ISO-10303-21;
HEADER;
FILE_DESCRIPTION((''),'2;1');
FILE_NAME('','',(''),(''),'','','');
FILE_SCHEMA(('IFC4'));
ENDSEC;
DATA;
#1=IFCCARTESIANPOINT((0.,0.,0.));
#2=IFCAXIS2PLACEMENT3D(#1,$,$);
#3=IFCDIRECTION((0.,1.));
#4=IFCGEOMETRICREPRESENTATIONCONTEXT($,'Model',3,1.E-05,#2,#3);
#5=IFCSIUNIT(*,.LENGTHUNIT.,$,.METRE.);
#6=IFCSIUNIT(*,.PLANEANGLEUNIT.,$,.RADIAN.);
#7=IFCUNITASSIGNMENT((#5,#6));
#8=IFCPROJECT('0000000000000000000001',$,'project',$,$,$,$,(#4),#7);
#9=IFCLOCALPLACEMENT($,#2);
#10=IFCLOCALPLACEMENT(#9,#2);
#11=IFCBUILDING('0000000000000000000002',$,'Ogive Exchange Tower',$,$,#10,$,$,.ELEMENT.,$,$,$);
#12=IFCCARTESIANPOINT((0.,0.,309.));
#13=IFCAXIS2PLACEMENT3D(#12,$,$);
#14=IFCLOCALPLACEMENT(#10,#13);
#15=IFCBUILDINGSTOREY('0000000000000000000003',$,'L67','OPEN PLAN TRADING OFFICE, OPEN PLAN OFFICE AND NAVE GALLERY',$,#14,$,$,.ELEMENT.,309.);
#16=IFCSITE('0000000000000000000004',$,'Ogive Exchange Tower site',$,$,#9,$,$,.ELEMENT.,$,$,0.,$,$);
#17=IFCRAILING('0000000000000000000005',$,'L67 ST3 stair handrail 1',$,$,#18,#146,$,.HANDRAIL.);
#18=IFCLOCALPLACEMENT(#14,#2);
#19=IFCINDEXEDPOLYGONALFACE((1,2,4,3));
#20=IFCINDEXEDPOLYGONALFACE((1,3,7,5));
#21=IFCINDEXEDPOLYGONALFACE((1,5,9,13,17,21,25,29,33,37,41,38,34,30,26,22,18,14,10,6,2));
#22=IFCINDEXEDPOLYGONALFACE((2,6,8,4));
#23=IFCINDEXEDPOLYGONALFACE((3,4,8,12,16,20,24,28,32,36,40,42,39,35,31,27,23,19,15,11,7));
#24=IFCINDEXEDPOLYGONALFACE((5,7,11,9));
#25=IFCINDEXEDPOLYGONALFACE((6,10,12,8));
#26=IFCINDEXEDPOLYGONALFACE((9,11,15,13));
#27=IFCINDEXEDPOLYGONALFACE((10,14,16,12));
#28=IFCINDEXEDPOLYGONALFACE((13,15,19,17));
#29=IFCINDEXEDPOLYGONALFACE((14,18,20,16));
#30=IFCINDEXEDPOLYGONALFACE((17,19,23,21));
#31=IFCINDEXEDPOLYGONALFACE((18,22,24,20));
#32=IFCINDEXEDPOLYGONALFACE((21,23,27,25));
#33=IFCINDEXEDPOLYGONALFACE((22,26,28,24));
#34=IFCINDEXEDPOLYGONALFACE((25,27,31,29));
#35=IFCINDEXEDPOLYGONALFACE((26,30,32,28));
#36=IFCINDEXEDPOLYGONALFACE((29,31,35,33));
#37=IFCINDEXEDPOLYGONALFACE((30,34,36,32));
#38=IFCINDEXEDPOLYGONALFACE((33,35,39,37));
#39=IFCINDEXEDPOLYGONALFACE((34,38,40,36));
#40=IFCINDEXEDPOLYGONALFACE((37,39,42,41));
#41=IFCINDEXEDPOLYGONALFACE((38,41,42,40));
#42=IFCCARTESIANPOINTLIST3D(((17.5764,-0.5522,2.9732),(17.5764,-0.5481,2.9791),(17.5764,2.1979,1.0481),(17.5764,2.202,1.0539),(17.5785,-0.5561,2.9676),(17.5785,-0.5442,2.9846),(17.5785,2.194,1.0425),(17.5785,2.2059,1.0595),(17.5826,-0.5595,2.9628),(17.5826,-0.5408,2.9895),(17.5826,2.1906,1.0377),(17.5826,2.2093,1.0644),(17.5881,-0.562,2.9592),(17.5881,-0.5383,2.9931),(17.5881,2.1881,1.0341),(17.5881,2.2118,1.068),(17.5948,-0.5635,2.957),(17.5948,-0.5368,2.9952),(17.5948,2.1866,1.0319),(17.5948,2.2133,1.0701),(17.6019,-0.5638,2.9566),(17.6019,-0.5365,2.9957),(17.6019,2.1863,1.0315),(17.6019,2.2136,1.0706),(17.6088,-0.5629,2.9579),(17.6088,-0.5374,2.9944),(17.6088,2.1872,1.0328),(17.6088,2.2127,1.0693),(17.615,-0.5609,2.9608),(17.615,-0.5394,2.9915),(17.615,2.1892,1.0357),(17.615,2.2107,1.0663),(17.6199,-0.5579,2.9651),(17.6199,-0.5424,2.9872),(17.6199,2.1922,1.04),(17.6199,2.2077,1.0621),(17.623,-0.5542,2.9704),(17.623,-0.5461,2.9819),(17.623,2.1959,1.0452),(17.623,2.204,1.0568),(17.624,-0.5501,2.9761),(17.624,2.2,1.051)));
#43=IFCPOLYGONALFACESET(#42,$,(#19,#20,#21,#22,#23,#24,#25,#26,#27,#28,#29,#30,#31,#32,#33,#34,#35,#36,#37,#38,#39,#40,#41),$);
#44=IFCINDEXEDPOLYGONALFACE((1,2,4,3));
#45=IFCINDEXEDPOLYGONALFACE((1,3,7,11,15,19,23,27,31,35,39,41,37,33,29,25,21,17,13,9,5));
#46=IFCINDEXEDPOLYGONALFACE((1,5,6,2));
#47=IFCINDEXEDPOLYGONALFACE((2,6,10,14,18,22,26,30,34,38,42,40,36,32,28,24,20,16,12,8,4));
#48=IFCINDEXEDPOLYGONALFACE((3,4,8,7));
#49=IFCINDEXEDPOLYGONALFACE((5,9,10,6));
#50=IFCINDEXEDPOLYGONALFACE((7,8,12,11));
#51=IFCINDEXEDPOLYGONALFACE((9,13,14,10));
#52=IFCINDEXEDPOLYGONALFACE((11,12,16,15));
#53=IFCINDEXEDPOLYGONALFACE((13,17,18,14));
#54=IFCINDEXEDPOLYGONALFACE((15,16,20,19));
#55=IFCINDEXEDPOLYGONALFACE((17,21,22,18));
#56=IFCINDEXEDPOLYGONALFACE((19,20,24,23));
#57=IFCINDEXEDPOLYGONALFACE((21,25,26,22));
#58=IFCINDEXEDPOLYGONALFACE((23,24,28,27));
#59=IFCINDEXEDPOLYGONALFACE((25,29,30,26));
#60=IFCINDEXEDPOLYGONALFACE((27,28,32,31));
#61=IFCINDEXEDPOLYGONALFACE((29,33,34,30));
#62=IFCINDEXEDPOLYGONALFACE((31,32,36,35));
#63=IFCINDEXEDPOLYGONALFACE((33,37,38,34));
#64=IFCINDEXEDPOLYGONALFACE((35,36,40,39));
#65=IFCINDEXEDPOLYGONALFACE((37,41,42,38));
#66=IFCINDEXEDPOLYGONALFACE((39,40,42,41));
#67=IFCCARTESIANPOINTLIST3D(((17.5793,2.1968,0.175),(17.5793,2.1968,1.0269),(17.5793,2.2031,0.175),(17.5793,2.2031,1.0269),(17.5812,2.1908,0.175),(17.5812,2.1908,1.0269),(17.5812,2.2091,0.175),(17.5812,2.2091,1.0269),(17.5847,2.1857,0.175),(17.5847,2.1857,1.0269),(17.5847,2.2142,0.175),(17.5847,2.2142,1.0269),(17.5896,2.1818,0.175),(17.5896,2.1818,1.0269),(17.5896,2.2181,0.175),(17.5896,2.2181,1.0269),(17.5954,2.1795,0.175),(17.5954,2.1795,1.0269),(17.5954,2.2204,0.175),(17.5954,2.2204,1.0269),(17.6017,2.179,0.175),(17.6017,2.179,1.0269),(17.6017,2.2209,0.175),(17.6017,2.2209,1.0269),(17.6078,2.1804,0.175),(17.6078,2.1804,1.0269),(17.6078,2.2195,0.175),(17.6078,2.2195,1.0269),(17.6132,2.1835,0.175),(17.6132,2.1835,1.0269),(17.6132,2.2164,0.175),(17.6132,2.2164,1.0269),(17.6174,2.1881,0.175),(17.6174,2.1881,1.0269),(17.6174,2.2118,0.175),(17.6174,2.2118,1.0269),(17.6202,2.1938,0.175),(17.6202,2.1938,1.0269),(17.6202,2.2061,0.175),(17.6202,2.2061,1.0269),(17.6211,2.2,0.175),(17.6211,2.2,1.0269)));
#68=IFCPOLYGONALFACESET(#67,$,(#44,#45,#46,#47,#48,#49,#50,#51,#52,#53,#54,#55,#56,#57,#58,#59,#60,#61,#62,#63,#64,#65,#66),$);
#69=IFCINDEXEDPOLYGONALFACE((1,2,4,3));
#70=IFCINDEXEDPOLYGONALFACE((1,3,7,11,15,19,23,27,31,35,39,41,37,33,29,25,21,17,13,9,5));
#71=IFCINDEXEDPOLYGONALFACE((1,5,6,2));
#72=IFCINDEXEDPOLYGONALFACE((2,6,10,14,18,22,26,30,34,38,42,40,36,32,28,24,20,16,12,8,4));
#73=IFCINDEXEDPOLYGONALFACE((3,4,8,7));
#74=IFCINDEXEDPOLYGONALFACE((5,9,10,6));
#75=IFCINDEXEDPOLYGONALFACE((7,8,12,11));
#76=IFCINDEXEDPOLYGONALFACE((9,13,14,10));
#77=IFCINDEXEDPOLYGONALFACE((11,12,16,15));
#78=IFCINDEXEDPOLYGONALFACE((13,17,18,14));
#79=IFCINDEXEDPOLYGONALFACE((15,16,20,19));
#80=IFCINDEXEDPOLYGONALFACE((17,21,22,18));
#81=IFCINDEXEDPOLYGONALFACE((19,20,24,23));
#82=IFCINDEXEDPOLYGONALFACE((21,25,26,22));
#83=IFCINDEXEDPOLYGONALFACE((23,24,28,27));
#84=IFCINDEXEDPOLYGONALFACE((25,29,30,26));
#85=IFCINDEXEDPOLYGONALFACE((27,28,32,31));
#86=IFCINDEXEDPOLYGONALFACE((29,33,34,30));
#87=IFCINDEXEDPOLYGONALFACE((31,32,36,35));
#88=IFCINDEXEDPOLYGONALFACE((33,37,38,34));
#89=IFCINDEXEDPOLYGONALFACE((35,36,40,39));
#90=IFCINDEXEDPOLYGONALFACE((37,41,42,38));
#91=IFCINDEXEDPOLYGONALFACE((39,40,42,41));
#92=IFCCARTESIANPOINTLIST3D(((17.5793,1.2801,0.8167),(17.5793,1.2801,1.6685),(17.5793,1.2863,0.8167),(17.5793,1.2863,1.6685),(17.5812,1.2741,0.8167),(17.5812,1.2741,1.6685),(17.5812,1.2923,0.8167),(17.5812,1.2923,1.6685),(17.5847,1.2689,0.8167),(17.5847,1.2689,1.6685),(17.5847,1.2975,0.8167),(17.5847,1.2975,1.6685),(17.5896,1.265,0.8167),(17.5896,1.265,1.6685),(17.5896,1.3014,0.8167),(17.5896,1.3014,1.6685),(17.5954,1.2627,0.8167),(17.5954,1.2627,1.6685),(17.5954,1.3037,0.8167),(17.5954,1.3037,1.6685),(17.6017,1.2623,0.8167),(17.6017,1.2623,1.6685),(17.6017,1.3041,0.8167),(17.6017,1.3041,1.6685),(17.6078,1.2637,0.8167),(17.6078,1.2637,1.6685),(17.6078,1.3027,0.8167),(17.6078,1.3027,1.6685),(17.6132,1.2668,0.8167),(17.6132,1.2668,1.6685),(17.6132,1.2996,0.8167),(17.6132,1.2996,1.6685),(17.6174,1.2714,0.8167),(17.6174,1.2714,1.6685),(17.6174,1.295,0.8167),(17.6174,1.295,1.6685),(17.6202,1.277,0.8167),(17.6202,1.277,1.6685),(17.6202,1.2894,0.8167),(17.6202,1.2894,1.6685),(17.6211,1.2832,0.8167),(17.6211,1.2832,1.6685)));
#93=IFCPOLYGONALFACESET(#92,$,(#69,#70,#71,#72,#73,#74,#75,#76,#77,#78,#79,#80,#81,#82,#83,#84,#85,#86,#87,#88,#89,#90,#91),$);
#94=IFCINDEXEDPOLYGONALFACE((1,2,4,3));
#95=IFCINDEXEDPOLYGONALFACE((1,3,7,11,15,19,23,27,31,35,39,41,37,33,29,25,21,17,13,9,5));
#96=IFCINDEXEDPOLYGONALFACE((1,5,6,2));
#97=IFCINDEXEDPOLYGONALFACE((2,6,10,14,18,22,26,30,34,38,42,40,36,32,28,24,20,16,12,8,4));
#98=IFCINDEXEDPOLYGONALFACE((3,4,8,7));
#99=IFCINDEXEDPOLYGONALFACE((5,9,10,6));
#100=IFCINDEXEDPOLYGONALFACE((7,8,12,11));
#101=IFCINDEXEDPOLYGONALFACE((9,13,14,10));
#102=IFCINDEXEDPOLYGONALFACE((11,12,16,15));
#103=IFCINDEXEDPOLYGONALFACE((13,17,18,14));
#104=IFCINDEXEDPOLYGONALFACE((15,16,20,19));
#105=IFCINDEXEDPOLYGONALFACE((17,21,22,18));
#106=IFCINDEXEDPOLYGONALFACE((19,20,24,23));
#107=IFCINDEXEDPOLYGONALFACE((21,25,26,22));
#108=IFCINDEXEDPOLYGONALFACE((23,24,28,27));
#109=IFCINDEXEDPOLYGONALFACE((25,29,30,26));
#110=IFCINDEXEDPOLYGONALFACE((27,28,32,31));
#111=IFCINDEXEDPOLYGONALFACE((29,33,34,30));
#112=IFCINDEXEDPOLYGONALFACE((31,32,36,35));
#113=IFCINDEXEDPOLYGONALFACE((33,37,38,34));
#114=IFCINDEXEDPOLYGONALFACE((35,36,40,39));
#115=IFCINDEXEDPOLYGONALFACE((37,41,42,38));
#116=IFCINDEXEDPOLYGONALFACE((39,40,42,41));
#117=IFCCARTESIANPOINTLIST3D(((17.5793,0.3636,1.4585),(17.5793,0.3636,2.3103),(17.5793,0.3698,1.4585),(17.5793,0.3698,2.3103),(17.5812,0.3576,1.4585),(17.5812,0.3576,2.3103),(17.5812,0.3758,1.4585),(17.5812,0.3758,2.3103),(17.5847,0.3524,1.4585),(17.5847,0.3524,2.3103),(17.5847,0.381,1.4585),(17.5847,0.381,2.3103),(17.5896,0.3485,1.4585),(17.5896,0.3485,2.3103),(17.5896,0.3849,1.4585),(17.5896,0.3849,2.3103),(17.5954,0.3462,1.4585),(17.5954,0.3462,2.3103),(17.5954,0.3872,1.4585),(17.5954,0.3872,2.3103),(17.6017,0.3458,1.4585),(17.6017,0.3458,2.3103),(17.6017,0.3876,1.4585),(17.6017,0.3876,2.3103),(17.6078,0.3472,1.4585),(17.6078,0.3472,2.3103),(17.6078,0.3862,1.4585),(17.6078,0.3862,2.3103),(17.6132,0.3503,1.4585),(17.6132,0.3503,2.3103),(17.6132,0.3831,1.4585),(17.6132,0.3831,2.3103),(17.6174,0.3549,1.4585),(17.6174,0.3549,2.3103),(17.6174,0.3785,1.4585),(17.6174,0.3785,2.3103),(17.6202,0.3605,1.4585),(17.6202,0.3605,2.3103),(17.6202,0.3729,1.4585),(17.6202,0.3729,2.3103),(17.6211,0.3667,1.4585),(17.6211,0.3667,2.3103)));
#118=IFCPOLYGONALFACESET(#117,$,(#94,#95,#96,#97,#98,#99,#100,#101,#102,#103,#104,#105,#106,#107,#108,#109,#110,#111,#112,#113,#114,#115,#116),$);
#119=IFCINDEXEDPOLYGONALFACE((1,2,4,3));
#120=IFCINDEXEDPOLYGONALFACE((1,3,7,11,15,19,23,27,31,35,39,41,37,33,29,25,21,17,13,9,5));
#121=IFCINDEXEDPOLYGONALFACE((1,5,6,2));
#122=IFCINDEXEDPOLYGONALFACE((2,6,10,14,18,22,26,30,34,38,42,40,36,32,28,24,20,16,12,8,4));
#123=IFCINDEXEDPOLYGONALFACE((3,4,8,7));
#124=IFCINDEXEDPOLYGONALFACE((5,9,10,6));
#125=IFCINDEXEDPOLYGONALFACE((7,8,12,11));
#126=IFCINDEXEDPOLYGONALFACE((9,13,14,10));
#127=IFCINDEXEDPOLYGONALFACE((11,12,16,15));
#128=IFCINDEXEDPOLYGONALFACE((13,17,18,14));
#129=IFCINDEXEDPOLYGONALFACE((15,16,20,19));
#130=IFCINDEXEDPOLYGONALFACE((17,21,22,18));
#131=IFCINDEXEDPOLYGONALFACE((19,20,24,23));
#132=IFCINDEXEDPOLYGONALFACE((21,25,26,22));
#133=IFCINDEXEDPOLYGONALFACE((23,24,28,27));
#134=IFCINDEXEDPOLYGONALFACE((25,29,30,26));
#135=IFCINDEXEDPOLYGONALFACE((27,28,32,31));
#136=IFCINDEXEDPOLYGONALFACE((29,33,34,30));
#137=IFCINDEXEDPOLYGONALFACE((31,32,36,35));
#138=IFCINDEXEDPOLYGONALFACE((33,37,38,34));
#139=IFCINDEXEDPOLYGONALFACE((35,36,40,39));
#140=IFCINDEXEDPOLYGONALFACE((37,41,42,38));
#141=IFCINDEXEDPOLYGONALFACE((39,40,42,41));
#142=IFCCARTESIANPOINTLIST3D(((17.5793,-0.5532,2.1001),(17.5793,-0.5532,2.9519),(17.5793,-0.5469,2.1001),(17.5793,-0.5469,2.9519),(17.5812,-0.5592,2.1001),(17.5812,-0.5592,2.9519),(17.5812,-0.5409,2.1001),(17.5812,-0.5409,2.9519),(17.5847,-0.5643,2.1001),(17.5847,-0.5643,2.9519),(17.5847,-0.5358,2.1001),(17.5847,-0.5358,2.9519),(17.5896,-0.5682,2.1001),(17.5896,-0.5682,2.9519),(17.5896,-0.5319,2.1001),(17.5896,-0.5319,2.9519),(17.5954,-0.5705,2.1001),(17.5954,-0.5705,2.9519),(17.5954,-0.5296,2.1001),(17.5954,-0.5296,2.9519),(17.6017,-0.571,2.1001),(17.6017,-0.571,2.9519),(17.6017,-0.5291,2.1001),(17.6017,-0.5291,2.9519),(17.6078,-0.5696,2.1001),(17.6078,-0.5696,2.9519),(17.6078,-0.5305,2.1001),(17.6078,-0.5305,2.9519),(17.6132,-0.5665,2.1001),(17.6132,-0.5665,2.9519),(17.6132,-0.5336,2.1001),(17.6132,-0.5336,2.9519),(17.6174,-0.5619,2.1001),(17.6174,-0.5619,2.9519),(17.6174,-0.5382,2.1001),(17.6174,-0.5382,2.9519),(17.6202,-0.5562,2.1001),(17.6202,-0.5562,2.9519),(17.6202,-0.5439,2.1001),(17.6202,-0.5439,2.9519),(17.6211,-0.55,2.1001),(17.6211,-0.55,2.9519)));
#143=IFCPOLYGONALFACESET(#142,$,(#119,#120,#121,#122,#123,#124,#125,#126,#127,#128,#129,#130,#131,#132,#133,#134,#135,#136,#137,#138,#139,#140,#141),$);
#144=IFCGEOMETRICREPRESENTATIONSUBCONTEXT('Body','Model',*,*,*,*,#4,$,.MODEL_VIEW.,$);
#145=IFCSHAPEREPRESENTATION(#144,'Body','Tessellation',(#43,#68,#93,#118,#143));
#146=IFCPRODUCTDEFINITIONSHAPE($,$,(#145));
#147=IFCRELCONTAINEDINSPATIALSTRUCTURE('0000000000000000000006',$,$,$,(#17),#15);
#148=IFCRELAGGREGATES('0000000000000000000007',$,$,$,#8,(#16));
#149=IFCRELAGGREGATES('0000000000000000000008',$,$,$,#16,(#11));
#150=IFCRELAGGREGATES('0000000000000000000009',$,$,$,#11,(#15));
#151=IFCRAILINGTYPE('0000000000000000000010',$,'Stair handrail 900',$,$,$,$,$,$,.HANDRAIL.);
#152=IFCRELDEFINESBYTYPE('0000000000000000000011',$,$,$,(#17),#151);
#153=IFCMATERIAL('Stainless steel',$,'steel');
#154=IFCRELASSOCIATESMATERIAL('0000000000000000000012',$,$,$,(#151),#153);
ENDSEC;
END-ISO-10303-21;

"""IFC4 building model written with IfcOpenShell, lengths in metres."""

from ifc_helpers import new_model, si_unit, direction, frame, origin, origin_2d, place, context, subcontext, project, spatial, circle, extrude, material, type_object, element, save


model = new_model("IFC4")

# Units and contexts
model_context = context("Model", 3, precision=1e-05, world=origin(), true_north=direction((0.0, 1.0)))
body_context = subcontext(model_context, "Body", "Model", "MODEL_VIEW")
ifc_project = project(units=[si_unit("LENGTHUNIT", "METRE"), si_unit("PLANEANGLEUNIT", "RADIAN")], contexts=[model_context])

# Site, building, storey
site_placement = place(None, origin())
site = spatial("IfcSite", under=ifc_project, at=site_placement, Name="Ogive Exchange Tower site", CompositionType="ELEMENT", RefElevation=0.0)
building_placement = place(site_placement, origin())
building = spatial("IfcBuilding", under=site, at=building_placement, Name="Ogive Exchange Tower", CompositionType="ELEMENT")
storey_placement = place(building_placement, frame((0.0, 0.0, 309.0)))
storey = spatial("IfcBuildingStorey", under=building, at=storey_placement, Name="L67", Description="OPEN PLAN TRADING OFFICE, OPEN PLAN OFFICE AND NAVE GALLERY", CompositionType="ELEMENT", Elevation=309.0)

# Shared definitions
ifc_material_1 = material(Name="Stainless steel", Category="steel")

# Railing
railing_type = type_object("IfcRailingType", Name="Stair handrail 900", PredefinedType="HANDRAIL", material=ifc_material_1)
railing_placement = place(storey_placement, frame((17.6001, 2.2, 0.175)))
element("IfcRailing", 1, at=railing_placement, inside=storey, type_object=railing_type, Name="L67 ST3 stair handrail 1", PredefinedType="HANDRAIL", context=body_context, shape_type="SweptSolid", body=[
    extrude(circle(Radius=0.0239, at=origin_2d()), frame((0.0, 0.0, 0.876), z_axis=(0.0, -0.819225, 0.573472), x_axis=(1.0, 0.0, 0.0)), (0.0, 0.0, 1.0), 3.3569),
    extrude(circle(Radius=0.021, at=origin_2d()), origin(), (0.0, 0.0, 1.0), 0.8518),
    extrude(circle(Radius=0.021, at=origin_2d()), frame((0.0, -0.9167, 0.6416)), (0.0, 0.0, 1.0), 0.8518),
    extrude(circle(Radius=0.021, at=origin_2d()), frame((0.0, -1.8333, 1.2834)), (0.0, 0.0, 1.0), 0.8518),
    extrude(circle(Radius=0.021, at=origin_2d()), frame((0.0, -2.75, 1.925)), (0.0, 0.0, 1.0), 0.8518),
])

save(model, "model.ifc")
